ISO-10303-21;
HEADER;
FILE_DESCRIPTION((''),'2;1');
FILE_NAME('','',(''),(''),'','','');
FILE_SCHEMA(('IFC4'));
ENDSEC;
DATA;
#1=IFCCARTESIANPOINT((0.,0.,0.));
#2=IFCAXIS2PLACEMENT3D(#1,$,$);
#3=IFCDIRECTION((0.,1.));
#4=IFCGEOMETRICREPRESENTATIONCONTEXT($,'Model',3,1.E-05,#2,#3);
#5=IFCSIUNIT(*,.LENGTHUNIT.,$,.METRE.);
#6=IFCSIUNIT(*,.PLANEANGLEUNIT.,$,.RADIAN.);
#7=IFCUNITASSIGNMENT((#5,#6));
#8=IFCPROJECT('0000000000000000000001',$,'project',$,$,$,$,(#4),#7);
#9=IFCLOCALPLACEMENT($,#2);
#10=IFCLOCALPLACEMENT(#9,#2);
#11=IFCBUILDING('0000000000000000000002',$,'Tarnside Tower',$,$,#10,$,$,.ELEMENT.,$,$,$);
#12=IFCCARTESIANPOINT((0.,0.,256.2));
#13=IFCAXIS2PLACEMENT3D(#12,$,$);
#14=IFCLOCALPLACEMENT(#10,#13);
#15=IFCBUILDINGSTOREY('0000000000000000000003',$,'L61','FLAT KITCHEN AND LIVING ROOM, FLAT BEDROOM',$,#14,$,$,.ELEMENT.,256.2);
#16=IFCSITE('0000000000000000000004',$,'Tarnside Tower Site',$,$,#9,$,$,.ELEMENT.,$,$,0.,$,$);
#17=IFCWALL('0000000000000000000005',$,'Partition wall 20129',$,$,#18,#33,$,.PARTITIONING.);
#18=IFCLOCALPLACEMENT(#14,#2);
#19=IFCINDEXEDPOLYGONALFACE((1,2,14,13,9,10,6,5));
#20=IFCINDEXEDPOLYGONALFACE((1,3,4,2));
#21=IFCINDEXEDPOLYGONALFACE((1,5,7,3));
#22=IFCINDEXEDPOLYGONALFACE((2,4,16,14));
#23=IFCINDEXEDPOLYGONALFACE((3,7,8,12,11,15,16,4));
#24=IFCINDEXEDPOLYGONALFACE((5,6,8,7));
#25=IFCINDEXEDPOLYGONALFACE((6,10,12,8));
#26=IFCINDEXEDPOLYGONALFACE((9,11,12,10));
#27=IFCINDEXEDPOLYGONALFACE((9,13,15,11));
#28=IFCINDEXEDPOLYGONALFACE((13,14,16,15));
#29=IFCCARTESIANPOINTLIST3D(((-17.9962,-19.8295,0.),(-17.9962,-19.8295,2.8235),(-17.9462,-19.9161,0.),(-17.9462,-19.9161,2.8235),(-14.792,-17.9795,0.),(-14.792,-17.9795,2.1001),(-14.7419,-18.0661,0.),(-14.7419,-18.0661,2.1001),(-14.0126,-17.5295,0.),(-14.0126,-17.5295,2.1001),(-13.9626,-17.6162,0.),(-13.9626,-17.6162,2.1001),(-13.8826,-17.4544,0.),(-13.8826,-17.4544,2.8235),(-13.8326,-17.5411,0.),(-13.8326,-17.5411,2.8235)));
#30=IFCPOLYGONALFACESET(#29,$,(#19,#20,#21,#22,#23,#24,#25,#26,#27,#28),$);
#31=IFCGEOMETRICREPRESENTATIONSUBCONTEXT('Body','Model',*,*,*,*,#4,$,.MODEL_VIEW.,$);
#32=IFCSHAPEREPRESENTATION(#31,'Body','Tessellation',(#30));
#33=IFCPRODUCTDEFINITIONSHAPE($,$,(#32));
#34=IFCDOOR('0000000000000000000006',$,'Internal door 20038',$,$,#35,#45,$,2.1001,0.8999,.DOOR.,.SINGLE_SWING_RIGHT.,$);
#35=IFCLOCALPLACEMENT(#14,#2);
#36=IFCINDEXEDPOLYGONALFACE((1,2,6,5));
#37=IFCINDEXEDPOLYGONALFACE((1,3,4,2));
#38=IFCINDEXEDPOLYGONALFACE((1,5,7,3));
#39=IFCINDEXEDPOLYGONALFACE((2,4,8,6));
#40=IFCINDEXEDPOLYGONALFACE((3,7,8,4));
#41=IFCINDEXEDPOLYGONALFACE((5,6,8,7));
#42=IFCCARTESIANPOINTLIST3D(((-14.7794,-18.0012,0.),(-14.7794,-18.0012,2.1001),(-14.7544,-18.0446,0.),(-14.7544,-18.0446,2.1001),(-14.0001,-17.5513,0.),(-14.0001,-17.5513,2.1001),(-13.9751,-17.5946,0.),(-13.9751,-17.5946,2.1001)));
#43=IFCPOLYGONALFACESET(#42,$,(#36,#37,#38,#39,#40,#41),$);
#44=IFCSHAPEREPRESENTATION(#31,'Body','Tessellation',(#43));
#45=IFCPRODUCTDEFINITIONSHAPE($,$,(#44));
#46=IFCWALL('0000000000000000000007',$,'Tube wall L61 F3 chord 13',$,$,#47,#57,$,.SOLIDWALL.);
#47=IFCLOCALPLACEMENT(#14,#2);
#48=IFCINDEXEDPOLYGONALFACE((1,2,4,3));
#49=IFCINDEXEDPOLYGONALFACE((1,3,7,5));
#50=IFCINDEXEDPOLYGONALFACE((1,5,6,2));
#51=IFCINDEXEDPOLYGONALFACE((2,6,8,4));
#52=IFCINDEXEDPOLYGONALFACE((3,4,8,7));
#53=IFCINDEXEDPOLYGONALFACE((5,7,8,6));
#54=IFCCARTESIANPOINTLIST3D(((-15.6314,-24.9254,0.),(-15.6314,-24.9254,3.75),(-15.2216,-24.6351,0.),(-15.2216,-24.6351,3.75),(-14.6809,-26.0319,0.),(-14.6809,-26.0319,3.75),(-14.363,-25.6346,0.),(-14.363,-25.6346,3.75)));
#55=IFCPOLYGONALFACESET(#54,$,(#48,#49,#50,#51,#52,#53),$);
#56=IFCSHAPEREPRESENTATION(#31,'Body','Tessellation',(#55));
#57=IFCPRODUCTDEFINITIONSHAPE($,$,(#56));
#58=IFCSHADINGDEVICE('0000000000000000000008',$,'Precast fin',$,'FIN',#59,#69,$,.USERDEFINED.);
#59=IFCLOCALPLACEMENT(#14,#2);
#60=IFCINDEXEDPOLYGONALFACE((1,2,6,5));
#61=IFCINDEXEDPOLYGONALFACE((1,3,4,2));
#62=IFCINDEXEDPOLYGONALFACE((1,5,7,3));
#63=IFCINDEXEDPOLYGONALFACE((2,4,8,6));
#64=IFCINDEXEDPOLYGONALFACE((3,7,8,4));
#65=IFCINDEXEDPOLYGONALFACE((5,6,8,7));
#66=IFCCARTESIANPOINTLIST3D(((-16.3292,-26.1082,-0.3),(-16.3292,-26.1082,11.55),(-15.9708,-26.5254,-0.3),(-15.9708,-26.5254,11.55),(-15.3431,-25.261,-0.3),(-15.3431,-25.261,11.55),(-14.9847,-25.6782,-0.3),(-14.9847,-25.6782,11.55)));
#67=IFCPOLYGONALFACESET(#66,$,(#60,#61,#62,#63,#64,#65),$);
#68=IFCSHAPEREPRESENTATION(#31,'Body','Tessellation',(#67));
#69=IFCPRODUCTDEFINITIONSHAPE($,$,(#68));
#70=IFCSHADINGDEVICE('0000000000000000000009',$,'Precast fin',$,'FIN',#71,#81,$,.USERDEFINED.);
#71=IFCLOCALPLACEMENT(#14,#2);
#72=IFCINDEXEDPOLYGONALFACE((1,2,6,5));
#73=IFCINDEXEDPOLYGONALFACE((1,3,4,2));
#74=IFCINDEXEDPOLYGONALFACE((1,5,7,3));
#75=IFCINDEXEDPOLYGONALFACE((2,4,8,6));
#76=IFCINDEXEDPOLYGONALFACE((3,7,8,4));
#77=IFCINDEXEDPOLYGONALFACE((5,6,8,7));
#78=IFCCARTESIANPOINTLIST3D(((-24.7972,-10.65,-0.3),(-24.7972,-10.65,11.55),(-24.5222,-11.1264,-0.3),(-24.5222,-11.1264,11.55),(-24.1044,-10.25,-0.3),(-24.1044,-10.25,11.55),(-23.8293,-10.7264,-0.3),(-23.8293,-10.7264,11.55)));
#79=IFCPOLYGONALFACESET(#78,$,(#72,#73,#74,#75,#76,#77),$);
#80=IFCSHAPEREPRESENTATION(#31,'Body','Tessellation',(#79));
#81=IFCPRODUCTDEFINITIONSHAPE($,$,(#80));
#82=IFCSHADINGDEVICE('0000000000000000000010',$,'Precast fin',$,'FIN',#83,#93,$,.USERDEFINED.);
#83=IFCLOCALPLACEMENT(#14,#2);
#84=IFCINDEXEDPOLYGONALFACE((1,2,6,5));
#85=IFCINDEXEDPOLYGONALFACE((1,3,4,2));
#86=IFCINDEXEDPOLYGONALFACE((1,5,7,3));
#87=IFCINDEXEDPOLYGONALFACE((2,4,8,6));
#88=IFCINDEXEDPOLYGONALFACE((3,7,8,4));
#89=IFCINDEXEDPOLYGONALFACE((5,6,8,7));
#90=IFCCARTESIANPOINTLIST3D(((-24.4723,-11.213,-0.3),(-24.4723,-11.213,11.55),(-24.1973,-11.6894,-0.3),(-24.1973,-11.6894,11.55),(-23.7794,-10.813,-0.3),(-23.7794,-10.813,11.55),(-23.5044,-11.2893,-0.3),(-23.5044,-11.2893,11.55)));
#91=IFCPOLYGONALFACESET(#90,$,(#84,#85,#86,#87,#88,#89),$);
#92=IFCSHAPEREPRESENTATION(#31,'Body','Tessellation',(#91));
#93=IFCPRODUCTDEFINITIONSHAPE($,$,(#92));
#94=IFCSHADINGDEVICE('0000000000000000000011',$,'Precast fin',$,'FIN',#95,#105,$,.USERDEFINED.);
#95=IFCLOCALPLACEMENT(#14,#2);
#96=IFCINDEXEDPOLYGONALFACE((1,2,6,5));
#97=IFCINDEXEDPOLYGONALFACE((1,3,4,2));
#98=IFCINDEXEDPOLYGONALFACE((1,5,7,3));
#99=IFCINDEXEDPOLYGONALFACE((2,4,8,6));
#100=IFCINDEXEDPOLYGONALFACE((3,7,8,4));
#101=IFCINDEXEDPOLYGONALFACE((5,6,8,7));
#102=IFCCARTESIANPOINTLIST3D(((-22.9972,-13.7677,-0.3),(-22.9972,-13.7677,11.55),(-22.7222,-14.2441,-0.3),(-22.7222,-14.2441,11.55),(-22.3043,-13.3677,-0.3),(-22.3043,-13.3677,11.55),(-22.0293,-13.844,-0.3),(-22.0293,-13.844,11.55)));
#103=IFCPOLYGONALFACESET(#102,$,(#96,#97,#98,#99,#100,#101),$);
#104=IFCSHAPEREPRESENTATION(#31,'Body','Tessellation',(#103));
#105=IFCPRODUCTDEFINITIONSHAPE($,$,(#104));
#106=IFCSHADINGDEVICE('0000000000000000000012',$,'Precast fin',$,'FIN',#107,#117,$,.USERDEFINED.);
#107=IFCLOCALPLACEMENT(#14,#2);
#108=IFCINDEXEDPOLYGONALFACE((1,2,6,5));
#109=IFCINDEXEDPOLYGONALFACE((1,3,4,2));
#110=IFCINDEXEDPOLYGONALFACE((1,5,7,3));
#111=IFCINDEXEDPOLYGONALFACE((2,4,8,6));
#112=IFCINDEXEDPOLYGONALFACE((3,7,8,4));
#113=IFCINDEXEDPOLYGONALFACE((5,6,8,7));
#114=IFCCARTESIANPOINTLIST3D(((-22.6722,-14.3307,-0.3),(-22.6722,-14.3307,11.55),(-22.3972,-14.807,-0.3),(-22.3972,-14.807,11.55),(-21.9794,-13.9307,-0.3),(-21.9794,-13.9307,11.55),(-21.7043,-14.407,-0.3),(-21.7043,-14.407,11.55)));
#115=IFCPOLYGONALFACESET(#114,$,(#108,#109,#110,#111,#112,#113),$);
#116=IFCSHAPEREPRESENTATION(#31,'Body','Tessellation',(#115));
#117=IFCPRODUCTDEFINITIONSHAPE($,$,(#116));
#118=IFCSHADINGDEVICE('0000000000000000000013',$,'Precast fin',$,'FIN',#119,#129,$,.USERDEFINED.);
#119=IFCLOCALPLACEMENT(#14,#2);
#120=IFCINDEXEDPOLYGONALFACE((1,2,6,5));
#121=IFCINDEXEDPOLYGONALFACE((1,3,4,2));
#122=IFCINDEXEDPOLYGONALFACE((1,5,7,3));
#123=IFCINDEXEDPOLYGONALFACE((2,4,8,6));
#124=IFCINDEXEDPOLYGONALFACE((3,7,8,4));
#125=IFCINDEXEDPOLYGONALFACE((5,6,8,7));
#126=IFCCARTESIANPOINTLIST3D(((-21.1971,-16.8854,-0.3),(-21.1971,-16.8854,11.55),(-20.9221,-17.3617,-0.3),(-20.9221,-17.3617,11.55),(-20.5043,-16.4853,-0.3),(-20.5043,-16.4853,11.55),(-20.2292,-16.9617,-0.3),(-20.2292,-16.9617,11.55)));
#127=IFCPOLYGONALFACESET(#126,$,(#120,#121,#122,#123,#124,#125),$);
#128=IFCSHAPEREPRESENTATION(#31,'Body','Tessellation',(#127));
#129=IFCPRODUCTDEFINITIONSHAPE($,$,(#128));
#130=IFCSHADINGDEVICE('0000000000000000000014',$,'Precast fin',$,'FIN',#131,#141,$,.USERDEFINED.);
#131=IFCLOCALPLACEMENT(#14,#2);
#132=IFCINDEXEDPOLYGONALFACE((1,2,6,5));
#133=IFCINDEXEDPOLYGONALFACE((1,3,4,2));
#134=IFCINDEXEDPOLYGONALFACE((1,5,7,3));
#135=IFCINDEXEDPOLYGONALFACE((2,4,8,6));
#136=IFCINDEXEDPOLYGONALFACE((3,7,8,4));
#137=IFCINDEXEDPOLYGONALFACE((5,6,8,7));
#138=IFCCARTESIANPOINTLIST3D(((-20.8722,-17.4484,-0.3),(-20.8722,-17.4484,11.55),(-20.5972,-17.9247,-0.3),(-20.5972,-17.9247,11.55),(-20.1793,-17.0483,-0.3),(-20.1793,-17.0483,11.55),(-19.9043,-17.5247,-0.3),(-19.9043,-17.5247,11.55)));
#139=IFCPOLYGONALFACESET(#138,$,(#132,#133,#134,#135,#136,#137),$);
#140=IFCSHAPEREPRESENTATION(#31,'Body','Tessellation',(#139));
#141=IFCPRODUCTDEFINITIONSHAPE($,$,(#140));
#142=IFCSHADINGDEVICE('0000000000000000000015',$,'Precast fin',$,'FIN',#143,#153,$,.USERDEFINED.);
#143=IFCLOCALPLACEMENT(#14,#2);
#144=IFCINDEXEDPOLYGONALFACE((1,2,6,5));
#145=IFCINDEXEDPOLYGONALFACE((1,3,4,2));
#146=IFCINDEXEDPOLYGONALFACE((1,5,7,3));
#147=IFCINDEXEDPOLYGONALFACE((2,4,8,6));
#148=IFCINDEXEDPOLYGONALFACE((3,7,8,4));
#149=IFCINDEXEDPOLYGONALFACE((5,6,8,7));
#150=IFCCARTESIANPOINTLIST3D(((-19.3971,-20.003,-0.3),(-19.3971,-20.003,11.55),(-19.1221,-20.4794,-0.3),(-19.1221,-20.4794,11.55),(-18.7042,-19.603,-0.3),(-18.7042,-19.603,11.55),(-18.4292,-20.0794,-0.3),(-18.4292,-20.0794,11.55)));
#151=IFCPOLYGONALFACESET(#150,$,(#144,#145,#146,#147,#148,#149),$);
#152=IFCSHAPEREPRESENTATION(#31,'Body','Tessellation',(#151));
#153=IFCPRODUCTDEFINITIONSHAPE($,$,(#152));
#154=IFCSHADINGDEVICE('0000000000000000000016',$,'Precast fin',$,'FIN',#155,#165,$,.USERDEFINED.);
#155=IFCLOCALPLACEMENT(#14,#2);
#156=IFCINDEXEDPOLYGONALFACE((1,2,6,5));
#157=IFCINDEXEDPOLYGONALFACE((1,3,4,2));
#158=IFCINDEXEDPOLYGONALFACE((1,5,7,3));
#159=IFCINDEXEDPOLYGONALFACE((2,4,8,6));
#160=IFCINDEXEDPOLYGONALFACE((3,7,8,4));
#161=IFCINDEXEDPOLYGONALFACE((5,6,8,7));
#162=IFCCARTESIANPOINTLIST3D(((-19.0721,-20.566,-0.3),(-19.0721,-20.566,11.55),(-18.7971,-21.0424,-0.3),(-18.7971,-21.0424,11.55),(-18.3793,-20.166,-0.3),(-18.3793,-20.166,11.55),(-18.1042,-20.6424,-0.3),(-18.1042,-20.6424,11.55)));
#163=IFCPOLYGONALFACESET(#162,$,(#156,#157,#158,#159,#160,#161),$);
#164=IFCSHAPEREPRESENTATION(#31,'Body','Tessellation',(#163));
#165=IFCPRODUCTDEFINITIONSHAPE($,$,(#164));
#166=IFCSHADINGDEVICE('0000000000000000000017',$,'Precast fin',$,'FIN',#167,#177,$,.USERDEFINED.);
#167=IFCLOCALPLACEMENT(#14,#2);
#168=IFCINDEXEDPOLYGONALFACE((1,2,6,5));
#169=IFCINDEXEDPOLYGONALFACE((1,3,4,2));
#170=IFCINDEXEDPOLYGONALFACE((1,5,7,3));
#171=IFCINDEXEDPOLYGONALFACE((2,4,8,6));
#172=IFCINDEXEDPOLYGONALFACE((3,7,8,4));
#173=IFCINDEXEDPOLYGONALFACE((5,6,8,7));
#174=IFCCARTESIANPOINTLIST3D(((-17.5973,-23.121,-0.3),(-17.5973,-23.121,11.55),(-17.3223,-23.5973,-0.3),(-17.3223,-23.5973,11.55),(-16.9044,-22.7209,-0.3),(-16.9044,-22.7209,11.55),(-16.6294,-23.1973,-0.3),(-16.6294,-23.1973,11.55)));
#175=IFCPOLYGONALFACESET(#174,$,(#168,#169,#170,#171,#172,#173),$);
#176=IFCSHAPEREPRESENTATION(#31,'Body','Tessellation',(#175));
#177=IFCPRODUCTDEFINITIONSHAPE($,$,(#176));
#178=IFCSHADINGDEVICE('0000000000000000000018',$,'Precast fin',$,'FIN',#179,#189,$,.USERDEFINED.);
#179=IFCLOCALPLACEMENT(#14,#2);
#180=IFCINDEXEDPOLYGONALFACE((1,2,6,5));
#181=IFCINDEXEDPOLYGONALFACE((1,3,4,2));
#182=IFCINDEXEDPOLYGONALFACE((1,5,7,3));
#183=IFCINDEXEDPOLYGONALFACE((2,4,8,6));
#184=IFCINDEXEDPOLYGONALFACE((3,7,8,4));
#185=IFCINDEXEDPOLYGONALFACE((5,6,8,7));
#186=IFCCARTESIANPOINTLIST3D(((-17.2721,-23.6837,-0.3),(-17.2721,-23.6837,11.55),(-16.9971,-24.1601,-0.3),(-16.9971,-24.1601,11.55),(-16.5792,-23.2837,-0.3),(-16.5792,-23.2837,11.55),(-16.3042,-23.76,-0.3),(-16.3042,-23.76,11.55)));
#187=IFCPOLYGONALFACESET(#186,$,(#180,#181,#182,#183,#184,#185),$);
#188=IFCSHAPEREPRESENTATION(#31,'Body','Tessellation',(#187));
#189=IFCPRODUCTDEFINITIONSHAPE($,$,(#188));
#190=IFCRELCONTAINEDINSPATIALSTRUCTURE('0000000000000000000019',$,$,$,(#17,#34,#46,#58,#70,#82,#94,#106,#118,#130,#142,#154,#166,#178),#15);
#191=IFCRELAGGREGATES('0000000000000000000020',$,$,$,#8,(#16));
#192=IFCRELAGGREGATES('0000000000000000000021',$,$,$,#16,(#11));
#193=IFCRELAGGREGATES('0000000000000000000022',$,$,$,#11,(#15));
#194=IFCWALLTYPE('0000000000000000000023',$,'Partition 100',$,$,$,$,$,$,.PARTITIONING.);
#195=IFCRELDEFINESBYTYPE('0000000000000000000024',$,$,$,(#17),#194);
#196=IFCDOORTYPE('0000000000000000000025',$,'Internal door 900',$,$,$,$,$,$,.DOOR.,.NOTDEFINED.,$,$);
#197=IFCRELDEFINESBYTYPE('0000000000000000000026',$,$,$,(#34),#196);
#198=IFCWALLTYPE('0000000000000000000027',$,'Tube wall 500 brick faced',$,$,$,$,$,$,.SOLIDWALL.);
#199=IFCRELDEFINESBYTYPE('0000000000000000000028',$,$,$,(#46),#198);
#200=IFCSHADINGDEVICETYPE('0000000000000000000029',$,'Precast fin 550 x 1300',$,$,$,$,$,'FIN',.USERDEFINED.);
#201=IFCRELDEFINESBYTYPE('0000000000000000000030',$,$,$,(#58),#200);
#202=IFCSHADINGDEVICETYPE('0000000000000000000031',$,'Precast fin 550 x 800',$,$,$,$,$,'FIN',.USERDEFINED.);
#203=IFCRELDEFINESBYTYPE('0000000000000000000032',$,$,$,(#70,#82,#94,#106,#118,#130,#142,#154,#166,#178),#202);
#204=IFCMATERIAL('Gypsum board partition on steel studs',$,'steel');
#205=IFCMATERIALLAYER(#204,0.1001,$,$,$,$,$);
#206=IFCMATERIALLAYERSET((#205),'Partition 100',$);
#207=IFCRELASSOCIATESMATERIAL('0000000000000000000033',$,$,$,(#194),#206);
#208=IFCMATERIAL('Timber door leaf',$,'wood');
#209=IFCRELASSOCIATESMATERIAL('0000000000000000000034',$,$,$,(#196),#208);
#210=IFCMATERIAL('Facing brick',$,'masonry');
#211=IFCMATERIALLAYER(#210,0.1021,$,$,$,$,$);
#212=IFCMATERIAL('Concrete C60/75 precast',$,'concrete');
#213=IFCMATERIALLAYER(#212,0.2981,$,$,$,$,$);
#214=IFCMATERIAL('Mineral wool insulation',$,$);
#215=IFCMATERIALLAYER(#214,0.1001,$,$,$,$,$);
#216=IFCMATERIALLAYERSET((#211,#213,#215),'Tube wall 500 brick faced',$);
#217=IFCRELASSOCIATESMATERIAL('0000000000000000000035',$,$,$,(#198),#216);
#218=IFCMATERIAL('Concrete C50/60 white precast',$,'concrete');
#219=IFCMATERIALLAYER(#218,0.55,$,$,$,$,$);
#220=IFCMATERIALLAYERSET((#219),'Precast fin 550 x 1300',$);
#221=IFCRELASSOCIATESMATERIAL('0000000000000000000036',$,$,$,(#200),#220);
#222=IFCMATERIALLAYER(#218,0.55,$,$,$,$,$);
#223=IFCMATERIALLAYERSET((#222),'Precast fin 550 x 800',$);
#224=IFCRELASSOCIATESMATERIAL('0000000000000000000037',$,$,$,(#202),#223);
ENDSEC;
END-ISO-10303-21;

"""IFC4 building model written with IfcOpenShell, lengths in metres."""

from ifc_helpers import new_model, si_unit, direction, frame, frame_2d, origin, place, context, subcontext, project, spatial, polyline, rectangle, outline, extrude, material, layer, layer_set, type_object, element, fill, save


model = new_model("IFC4")

# Units and contexts
model_context = context("Model", 3, precision=1e-05, world=origin(), true_north=direction((0.0, 1.0)))
body_context = subcontext(model_context, "Body", "Model", "MODEL_VIEW")
ifc_project = project(units=[si_unit("LENGTHUNIT", "METRE"), si_unit("PLANEANGLEUNIT", "RADIAN")], contexts=[model_context])

# Site, building, storey
site_placement = place(None, origin())
site = spatial("IfcSite", under=ifc_project, at=site_placement, Name="Tarnside Tower Site", CompositionType="ELEMENT", RefElevation=0.0)
building_placement = place(site_placement, origin())
building = spatial("IfcBuilding", under=site, at=building_placement, Name="Tarnside Tower", CompositionType="ELEMENT")
storey_placement = place(building_placement, frame((0.0, 0.0, 256.2)))
storey = spatial("IfcBuildingStorey", under=building, at=storey_placement, Name="L61", Description="FLAT KITCHEN AND LIVING ROOM, FLAT BEDROOM", CompositionType="ELEMENT", Elevation=256.2)

# Shared definitions
ifc_material_1 = material(Name="Gypsum board partition on steel studs", Category="steel")

# Shared definitions
ifc_material_2 = material(Name="Timber door leaf", Category="wood")

# Wall, opening, door
ifc_layer_1 = layer(ifc_material_1, 0.1001)
ifc_layer_set_1 = layer_set([ifc_layer_1], Name="Partition 100")
wall_type_1 = type_object("IfcWallType", Name="Partition 100", PredefinedType="PARTITIONING", material=ifc_layer_set_1)
door_type_1 = type_object("IfcDoorType", Name="Internal door 900", OperationType="NOTDEFINED", PredefinedType="DOOR", material=ifc_material_2)
wall_1_placement = place(storey_placement, frame((-17.9712, -19.8728, 0.0), z_axis=(0.0, 0.0, 1.0), x_axis=(0.86602, 0.500009, 0.0)))
wall_1 = element("IfcWall", 1, at=wall_1_placement, inside=storey, type_object=wall_type_1, Name="Partition wall 20129", PredefinedType="PARTITIONING", context=body_context, shape_type="SweptSolid", body=[
    extrude(rectangle(XDim=4.75, YDim=0.1001, at=frame_2d((2.375, 0.0))), origin(), (0.0, 0.0, 1.0), 2.8235),
])
opening_1_placement = place(wall_1_placement, frame((3.7, 0.0, 0.0)))
opening_1 = element("IfcOpeningElement", 2, at=opening_1_placement, cuts=wall_1, PredefinedType="OPENING", context=body_context, shape_type="SweptSolid", body=[
    extrude(rectangle(XDim=0.8999, YDim=2.1001, at=frame_2d((0.45, 1.05))), frame((0.0, 0.0601, 0.0), z_axis=(0.0, -1.0, 0.0), x_axis=(1.0, 0.0, 0.0)), (0.0, 0.0, 1.0), 0.1201),
])
door_1_placement = place(opening_1_placement, origin())
door_1 = element("IfcDoor", 3, at=door_1_placement, inside=storey, type_object=door_type_1, Name="Internal door 20038", OperationType="SINGLE_SWING_RIGHT", OverallHeight=2.1001, OverallWidth=0.8999, PredefinedType="DOOR", context=body_context, shape_type="SweptSolid", body=[
    extrude(rectangle(XDim=0.8999, YDim=2.1001, at=frame_2d((0.45, 1.05))), frame((0.0, 0.0249, 0.0), z_axis=(0.0, -1.0, 0.0), x_axis=(1.0, 0.0, 0.0)), (0.0, 0.0, 1.0), 0.05),
])
fill(opening_1, door_1)

# Wall
ifc_material_3 = material(Name="Facing brick", Category="masonry")
ifc_layer_2 = layer(ifc_material_3, 0.1021)
ifc_material_4 = material(Name="Concrete C60/75 precast", Category="concrete")
ifc_layer_3 = layer(ifc_material_4, 0.2981)
ifc_material_5 = material(Name="Mineral wool insulation")
ifc_layer_4 = layer(ifc_material_5, 0.1001)
ifc_layer_set_2 = layer_set([ifc_layer_2, ifc_layer_3, ifc_layer_4], Name="Tube wall 500 brick faced")
wall_type_2 = type_object("IfcWallType", Name="Tube wall 500 brick faced", PredefinedType="SOLIDWALL", material=ifc_layer_set_2)
wall_2_placement = place(storey_placement, frame((-15.4265, -24.7803, 0.0), z_axis=(0.0, 0.0, 1.0), x_axis=(0.651617, -0.758549, 0.0)))
element("IfcWall", 4, at=wall_2_placement, inside=storey, type_object=wall_type_2, Name="Tube wall L61 F3 chord 13", PredefinedType="SOLIDWALL", context=body_context, shape_type="SweptSolid", body=[
    extrude(outline(polyline([(-0.0234, -0.25), (1.4353, -0.25), (1.3411, 0.25), (0.0234, 0.25), (-0.0234, -0.25)])), origin(), (0.0, 0.0, 1.0), 3.75),
])

# Shading devices
ifc_material_6 = material(Name="Concrete C50/60 white precast", Category="concrete")
ifc_layer_5 = layer(ifc_material_6, 0.55)
ifc_layer_set_3 = layer_set([ifc_layer_5], Name="Precast fin 550 x 1300")
shading_device_type_1 = type_object("IfcShadingDeviceType", Name="Precast fin 550 x 1300", ElementType="FIN", PredefinedType="USERDEFINED", material=ifc_layer_set_3)
shading_device_placement = place(storey_placement, frame((-15.1638, -25.4697, -0.3), z_axis=(-0.651657, 0.758514, 0.0), x_axis=(-0.758514, -0.651657, 0.0)))
element("IfcShadingDevice", 5, at=shading_device_placement, inside=storey, type_object=shading_device_type_1, Name="Precast fin", ObjectType="FIN", PredefinedType="USERDEFINED", context=body_context, shape_type="SweptSolid", body=[
    extrude(outline(polyline([(0.0, 0.0), (1.3, 0.0), (1.3, 11.8501), (0.0, 11.8501), (0.0, 0.0)])), frame((0.0, 0.0, -0.2749)), (0.0, 0.0, 1.0), 0.55),
])
ifc_layer_6 = layer(ifc_material_6, 0.55)
ifc_layer_set_4 = layer_set([ifc_layer_6], Name="Precast fin 550 x 800")
shading_device_type_2 = type_object("IfcShadingDeviceType", Name="Precast fin 550 x 800", ElementType="FIN", PredefinedType="USERDEFINED", material=ifc_layer_set_4)
for number, where, z_axis, x_axis, name in (
    (6, (-23.9668, -10.4883, -0.3), (-0.5, 0.866025, 0.0), (-0.866025, -0.5, 0.0), "Precast fin"),
    (7, (-23.6418, -11.0513, -0.3), (-0.5, 0.866025, 0.0), (-0.866025, -0.5, 0.0), "Precast fin"),
    (8, (-22.1667, -13.606, -0.3), (-0.5, 0.866025, 0.0), (-0.866025, -0.5, 0.0), "Precast fin"),
    (9, (-21.8418, -14.1689, -0.3), (-0.5, 0.866025, 0.0), (-0.866025, -0.5, 0.0), "Precast fin"),
    (10, (-20.3667, -16.7236, -0.3), (-0.5, 0.866025, 0.0), (-0.866025, -0.5, 0.0), "Precast fin"),
    (11, (-20.0417, -17.2866, -0.3), (-0.5, 0.866025, 0.0), (-0.866025, -0.5, 0.0), "Precast fin"),
    (12, (-18.5667, -19.8413, -0.3), (-0.5, 0.866025, 0.0), (-0.866025, -0.5, 0.0), "Precast fin"),
    (13, (-18.2417, -20.4043, -0.3), (-0.5, 0.866025, 0.0), (-0.866025, -0.5, 0.0), "Precast fin"),
    (14, (-16.7668, -22.9592, -0.3), (-0.5, 0.866025, 0.0), (-0.866025, -0.5, 0.0), "Precast fin"),
    (15, (-16.4417, -23.522, -0.3), (-0.5, 0.866025, 0.0), (-0.866025, -0.5, 0.0), "Precast fin"),
):
    element("IfcShadingDevice", number, at=place(storey_placement, frame(where, z_axis=z_axis, x_axis=x_axis)), inside=storey, type_object=shading_device_type_2, Name=name, ObjectType="FIN", PredefinedType="USERDEFINED", context=body_context, shape_type="SweptSolid", body=[
        extrude(outline(polyline([(0.0, 0.0), (0.8, 0.0), (0.8, 11.8501), (0.0, 11.8501), (0.0, 0.0)])), frame((0.0, 0.0, -0.2749)), (0.0, 0.0, 1.0), 0.55),
    ])

save(model, "model.ifc")
